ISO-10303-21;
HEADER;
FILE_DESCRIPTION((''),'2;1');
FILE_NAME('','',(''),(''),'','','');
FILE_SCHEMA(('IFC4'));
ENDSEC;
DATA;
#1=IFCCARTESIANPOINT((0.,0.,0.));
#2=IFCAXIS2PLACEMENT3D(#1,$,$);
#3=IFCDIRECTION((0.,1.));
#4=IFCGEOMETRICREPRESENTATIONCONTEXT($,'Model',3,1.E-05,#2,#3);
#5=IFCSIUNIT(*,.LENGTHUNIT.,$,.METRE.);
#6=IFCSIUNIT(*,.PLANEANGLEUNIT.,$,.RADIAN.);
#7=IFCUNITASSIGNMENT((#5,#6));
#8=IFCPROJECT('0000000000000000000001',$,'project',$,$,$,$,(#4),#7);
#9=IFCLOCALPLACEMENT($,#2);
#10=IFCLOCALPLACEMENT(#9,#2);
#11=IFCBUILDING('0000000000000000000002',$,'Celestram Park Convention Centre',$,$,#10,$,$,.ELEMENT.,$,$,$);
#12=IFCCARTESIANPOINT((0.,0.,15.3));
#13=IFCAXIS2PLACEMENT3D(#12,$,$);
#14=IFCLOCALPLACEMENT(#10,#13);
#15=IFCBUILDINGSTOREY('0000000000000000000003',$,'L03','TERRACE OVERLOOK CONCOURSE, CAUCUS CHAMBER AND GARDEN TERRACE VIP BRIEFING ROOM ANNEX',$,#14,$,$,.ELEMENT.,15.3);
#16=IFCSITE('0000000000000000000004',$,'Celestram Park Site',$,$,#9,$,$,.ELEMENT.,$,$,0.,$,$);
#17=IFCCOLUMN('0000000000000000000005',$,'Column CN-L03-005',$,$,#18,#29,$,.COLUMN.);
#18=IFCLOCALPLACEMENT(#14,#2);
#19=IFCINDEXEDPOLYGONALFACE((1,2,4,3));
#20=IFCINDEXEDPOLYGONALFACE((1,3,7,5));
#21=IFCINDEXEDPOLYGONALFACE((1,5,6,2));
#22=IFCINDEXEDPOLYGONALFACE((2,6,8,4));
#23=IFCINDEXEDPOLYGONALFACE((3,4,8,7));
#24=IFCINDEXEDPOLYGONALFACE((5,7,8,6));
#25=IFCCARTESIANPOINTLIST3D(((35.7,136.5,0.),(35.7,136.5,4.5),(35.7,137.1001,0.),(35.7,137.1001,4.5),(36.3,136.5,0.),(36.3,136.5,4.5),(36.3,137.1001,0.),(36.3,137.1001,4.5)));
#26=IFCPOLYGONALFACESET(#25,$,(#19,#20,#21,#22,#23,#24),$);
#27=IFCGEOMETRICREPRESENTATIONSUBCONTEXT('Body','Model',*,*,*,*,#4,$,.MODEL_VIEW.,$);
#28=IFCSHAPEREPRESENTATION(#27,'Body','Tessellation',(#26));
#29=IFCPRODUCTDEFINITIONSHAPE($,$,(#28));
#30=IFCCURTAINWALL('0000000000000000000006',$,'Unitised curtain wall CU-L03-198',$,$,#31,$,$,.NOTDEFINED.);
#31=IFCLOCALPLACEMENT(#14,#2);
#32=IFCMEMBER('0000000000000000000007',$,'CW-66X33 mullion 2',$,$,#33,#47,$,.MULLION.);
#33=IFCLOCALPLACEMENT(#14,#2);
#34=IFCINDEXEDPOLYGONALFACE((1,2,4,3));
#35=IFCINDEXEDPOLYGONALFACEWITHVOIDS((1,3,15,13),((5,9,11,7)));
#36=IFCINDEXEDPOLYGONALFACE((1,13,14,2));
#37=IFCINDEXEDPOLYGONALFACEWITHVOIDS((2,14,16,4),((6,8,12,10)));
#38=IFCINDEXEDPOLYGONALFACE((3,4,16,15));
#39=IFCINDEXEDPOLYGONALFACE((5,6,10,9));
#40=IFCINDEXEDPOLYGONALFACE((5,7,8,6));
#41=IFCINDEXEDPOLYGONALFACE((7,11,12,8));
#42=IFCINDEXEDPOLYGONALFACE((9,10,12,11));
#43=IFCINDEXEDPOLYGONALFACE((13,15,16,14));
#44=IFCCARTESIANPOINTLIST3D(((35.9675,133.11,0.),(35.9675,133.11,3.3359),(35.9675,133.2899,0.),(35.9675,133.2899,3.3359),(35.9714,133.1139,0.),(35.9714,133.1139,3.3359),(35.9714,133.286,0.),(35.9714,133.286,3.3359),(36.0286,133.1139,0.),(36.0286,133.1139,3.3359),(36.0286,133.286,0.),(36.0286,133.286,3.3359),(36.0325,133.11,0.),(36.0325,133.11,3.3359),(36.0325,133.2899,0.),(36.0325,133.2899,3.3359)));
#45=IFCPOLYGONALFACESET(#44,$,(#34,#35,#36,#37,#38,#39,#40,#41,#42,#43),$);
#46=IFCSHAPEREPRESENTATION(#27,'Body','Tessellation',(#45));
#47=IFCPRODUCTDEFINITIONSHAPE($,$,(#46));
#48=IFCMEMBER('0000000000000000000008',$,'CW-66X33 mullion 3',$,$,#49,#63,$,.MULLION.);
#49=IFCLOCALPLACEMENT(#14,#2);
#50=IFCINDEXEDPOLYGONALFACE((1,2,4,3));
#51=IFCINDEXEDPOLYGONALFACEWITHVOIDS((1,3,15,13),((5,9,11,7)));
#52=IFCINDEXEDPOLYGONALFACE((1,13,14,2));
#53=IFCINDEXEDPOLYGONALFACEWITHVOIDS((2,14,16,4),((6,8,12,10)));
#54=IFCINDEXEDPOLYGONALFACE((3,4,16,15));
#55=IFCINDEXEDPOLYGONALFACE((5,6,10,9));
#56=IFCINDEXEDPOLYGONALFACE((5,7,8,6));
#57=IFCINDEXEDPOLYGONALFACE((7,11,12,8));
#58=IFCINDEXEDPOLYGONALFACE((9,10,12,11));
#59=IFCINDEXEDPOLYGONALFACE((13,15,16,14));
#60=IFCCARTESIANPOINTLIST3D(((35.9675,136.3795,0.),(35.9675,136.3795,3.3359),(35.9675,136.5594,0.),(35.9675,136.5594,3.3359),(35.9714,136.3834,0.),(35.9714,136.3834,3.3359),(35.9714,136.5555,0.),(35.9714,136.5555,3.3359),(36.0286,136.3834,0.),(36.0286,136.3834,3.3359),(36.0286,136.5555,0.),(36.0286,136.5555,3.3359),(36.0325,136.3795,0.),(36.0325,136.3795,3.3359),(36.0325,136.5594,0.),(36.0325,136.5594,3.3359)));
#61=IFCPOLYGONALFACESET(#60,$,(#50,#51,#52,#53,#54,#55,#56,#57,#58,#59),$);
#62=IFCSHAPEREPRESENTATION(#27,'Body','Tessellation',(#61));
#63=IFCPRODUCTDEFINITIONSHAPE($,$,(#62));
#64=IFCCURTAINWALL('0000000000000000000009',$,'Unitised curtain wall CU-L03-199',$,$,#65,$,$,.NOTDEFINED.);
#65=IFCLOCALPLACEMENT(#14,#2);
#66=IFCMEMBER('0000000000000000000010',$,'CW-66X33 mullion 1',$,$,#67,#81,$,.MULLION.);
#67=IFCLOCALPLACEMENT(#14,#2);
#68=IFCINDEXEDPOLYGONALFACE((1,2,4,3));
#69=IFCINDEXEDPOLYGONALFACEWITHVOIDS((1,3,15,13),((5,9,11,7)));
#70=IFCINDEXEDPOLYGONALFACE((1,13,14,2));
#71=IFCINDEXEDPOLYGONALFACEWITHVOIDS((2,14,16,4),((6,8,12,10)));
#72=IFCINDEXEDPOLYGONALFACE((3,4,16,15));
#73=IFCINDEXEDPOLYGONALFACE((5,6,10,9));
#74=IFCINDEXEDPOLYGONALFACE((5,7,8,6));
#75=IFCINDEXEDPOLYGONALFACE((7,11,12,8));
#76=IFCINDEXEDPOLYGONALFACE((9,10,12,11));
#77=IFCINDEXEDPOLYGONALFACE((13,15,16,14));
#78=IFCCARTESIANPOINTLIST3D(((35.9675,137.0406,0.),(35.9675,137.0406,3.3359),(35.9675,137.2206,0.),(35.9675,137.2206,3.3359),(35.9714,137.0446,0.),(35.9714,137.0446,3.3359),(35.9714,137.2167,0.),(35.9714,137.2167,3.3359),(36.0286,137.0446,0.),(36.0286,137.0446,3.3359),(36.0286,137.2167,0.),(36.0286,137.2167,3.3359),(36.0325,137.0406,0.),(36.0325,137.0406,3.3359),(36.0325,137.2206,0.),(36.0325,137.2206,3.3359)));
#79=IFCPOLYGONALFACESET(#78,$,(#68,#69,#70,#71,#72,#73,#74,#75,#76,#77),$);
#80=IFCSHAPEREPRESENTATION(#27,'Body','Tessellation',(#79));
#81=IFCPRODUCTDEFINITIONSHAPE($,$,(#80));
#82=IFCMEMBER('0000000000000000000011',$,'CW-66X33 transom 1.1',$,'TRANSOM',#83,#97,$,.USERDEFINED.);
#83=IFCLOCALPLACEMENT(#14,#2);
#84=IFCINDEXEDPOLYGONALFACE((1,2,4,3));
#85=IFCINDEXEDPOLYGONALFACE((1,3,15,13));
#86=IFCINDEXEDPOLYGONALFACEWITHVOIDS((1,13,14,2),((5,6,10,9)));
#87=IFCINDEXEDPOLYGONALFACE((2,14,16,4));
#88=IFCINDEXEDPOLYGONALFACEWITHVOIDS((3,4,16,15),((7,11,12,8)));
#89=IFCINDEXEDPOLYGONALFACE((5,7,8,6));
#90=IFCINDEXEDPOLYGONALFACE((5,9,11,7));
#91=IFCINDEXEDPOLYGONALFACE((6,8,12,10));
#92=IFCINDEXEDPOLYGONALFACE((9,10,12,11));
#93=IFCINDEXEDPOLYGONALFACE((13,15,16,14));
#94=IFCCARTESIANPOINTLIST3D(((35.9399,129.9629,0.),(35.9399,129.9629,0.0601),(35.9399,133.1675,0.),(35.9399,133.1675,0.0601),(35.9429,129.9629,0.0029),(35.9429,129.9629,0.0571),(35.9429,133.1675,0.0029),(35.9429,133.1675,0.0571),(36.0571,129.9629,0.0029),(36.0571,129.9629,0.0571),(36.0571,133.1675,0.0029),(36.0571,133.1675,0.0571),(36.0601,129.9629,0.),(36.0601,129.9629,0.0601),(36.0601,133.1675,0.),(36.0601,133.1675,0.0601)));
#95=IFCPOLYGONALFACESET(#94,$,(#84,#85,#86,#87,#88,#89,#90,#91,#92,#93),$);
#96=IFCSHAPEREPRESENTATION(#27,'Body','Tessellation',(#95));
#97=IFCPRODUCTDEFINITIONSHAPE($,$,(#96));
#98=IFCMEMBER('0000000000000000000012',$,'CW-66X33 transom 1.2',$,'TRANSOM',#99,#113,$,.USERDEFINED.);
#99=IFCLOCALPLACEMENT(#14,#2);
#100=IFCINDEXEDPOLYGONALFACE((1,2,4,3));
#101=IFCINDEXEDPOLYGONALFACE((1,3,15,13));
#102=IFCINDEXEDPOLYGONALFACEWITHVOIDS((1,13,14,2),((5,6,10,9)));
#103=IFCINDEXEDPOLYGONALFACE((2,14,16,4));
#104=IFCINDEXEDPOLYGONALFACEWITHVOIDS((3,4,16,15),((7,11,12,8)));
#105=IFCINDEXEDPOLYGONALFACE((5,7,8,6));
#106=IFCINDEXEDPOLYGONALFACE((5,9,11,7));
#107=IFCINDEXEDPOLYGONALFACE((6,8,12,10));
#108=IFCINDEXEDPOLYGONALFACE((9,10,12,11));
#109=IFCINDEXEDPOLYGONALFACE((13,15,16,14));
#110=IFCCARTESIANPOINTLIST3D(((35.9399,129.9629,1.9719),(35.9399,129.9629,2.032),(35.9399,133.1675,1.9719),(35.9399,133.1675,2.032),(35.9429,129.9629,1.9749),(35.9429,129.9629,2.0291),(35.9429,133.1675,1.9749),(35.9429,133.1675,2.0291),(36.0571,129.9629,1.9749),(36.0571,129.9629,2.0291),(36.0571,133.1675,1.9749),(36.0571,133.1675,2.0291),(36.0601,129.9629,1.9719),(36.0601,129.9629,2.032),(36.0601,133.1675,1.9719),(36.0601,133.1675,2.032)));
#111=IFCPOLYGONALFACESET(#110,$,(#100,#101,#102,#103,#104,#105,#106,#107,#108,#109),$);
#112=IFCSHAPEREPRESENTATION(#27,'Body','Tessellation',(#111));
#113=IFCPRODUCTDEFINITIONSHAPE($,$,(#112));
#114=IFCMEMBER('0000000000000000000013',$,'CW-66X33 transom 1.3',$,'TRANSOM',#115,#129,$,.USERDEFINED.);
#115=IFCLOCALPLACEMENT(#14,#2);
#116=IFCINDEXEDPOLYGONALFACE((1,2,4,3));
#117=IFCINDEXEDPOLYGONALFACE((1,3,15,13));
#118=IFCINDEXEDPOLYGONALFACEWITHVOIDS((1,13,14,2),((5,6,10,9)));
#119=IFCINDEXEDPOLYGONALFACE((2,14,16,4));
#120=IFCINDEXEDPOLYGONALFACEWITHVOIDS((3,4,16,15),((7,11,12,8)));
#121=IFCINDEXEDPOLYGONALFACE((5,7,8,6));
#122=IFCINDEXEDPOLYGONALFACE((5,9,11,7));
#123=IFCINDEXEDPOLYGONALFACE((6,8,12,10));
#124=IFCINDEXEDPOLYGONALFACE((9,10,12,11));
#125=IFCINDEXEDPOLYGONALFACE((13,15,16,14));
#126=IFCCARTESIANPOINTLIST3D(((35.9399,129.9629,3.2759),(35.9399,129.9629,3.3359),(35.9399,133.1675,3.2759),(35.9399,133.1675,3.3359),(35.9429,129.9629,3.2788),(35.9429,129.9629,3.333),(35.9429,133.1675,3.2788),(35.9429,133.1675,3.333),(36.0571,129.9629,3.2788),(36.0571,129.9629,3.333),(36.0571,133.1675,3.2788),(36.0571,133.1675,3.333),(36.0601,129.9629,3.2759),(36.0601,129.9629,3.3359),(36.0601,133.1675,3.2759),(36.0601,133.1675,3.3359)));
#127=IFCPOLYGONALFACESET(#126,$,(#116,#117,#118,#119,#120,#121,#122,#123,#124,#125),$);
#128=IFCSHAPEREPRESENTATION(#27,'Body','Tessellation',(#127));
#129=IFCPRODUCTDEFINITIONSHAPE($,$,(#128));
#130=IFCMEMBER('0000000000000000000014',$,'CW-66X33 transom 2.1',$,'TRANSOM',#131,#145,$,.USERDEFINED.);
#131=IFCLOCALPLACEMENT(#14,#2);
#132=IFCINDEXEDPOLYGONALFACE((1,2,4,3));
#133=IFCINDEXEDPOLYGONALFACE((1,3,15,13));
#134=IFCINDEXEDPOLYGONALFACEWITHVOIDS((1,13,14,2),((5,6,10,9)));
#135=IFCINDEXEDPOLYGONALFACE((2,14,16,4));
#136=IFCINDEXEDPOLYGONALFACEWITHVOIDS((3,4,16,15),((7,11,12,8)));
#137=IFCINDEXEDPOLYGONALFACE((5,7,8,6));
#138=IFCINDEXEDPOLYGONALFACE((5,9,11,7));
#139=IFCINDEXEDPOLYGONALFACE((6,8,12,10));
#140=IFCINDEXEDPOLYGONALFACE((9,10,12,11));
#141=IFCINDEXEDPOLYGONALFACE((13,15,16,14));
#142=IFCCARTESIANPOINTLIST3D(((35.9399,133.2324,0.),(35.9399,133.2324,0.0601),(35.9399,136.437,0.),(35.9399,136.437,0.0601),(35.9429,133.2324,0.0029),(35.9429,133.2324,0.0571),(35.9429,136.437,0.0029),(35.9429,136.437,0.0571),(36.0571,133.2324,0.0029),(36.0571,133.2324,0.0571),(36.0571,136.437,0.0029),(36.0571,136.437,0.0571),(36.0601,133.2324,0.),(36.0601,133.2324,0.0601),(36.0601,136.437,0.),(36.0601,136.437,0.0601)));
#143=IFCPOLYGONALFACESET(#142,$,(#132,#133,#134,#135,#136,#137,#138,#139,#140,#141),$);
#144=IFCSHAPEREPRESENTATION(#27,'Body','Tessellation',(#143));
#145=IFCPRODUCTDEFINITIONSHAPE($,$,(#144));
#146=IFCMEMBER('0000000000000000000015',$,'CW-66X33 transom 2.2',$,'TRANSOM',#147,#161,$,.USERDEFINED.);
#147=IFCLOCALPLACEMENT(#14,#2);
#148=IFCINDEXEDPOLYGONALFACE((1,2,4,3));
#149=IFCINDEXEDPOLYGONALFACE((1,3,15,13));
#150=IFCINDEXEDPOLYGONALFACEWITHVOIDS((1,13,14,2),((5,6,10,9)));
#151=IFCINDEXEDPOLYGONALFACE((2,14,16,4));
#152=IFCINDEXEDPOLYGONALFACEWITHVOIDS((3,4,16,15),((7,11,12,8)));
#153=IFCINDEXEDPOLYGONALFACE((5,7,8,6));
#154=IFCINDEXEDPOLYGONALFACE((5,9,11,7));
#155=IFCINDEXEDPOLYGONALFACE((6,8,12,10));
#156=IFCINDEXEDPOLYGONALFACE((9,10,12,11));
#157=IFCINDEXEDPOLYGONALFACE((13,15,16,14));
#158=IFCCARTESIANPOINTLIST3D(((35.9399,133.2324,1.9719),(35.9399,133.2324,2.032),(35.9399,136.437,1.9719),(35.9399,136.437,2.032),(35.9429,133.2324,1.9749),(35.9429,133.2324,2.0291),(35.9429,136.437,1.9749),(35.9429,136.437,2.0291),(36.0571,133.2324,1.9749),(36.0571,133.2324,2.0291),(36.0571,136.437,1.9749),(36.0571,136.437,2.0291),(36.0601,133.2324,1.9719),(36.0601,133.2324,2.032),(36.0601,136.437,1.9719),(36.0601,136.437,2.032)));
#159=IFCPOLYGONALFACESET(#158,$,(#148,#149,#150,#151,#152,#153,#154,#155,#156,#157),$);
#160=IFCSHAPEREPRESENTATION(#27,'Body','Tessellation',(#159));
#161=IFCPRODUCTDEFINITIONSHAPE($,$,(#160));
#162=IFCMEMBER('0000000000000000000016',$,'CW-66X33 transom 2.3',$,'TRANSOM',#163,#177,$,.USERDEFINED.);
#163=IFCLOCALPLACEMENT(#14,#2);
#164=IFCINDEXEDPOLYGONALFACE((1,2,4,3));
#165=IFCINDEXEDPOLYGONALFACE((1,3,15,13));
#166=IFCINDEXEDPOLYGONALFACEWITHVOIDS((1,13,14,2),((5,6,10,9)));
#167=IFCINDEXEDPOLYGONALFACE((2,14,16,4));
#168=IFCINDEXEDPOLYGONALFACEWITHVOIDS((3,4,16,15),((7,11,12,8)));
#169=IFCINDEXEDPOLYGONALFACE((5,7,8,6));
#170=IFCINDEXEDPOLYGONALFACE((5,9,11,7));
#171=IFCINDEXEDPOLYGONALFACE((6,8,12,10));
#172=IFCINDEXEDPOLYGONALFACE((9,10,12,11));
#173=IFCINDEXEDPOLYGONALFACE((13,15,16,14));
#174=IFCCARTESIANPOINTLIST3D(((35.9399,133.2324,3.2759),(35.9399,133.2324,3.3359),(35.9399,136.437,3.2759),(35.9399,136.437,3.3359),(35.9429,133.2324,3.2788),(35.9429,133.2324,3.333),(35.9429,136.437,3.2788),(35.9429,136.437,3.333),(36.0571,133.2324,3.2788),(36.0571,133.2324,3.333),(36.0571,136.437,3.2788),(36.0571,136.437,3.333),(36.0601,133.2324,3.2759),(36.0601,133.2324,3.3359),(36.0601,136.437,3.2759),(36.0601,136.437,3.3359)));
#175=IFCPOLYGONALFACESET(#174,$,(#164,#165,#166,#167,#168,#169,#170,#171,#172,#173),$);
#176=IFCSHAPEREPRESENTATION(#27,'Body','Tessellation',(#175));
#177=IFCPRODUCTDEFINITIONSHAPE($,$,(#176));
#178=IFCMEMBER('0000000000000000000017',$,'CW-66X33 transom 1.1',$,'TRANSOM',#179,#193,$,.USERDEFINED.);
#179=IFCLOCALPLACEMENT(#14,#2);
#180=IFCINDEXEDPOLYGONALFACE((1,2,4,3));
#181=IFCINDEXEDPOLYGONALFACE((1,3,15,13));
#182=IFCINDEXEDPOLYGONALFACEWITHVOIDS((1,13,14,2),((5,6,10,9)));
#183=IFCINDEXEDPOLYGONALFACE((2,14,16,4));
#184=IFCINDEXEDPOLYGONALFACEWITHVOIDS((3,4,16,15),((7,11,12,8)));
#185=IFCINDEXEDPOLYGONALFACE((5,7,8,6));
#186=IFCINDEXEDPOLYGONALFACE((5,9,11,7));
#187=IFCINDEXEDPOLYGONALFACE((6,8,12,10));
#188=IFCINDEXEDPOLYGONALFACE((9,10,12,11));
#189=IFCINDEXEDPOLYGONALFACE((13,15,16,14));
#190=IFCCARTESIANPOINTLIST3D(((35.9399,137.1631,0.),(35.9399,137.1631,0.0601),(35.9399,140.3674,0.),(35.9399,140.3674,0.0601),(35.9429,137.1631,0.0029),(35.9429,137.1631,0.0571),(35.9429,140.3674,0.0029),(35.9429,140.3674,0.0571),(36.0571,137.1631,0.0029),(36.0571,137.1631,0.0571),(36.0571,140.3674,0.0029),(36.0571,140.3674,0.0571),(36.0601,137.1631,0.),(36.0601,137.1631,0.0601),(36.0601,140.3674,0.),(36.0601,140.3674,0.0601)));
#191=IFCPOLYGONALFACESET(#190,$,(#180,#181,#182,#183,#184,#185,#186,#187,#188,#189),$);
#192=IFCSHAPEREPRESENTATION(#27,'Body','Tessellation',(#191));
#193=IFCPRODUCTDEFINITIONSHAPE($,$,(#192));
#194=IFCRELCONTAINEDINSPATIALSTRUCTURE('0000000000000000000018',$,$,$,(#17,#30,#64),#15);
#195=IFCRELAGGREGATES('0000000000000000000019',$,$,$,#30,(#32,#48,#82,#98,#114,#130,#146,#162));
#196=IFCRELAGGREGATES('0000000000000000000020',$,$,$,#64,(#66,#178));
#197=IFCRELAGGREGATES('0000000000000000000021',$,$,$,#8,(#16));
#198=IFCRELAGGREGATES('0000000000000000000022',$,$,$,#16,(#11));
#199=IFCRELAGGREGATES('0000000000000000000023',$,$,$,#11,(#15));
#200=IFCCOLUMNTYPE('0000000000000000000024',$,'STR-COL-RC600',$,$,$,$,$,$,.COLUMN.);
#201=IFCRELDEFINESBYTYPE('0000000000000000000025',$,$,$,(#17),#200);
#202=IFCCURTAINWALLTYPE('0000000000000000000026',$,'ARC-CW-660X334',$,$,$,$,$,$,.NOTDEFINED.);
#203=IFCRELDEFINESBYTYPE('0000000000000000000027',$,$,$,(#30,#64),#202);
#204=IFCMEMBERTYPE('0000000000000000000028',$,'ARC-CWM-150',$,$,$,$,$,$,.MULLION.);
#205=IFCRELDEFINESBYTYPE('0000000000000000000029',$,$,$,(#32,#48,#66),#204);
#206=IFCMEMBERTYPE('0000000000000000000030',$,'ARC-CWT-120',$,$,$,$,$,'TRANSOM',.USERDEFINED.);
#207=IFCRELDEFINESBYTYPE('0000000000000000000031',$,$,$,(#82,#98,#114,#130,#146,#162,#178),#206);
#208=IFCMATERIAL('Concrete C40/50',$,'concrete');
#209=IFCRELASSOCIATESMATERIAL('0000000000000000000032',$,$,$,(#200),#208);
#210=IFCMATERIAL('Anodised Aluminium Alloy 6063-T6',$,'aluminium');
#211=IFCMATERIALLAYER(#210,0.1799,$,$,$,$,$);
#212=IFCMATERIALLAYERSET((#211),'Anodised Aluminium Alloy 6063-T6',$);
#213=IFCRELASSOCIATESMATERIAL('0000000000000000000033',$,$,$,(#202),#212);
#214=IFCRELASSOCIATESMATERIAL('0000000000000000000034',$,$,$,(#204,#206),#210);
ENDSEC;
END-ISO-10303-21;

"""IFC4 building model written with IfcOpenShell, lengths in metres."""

from ifc_helpers import new_model, si_unit, direction, frame, origin, origin_2d, place, context, subcontext, project, spatial, rectangle, hollow_rectangle, extrude, material, layer, layer_set, material_profile, profile_set, type_object, element, aggregate, save


model = new_model("IFC4")

# Units and contexts
model_context = context("Model", 3, precision=1e-05, world=origin(), true_north=direction((0.0, 1.0)))
body_context = subcontext(model_context, "Body", "Model", "MODEL_VIEW")
ifc_project = project(units=[si_unit("LENGTHUNIT", "METRE"), si_unit("PLANEANGLEUNIT", "RADIAN")], contexts=[model_context])

# Site, building, storey
site_placement = place(None, origin())
site = spatial("IfcSite", under=ifc_project, at=site_placement, Name="Celestram Park Site", CompositionType="ELEMENT", RefElevation=0.0)
building_placement = place(site_placement, origin())
building = spatial("IfcBuilding", under=site, at=building_placement, Name="Celestram Park Convention Centre", CompositionType="ELEMENT")
storey_placement = place(building_placement, frame((0.0, 0.0, 15.3)))
storey = spatial("IfcBuildingStorey", under=building, at=storey_placement, Name="L03", Description="TERRACE OVERLOOK CONCOURSE, CAUCUS CHAMBER AND GARDEN TERRACE VIP BRIEFING ROOM ANNEX", CompositionType="ELEMENT", Elevation=15.3)

# Column
ifc_material_1 = material(Name="Concrete C40/50", Category="concrete")
ifc_material_profile_1 = material_profile(ifc_material_1, rectangle(XDim=0.6001, YDim=0.6001, at=origin_2d()), Name="RC600X600")
ifc_profile_set_1 = profile_set([ifc_material_profile_1], Name="Concrete C40/50")
column_type = type_object("IfcColumnType", Name="STR-COL-RC600", PredefinedType="COLUMN", material=ifc_profile_set_1)
column_placement = place(storey_placement, frame((36.0, 136.8, 0.0), z_axis=(0.0, 0.0, 1.0), x_axis=(1.0, 0.0, 0.0)))
element("IfcColumn", 1, at=column_placement, inside=storey, type_object=column_type, Name="Column CN-L03-005", PredefinedType="COLUMN", context=body_context, shape_type="SweptSolid", body=[
    extrude(rectangle(XDim=0.6001, YDim=0.6001, at=origin_2d()), origin(), (0.0, 0.0, 1.0), 4.5),
])

# Curtain wall, members
ifc_material_2 = material(Name="Anodised Aluminium Alloy 6063-T6", Category="aluminium")
ifc_layer_1 = layer(ifc_material_2, 0.1799)
ifc_layer_set_1 = layer_set([ifc_layer_1], Name="Anodised Aluminium Alloy 6063-T6")
curtain_wall_type = type_object("IfcCurtainWallType", Name="ARC-CW-660X334", PredefinedType="NOTDEFINED", material=ifc_layer_set_1)
curtain_wall_1_placement = place(storey_placement, origin())
curtain_wall_1 = element("IfcCurtainWall", 2, at=curtain_wall_1_placement, inside=storey, type_object=curtain_wall_type, Name="Unitised curtain wall CU-L03-198", PredefinedType="NOTDEFINED")
ifc_material_profile_2 = material_profile(ifc_material_2, hollow_rectangle(XDim=0.0649, YDim=0.1799, WallThickness=0.0039, at=origin_2d()), Name="ALU65X180X4")
ifc_profile_set_2 = profile_set([ifc_material_profile_2], Name="Anodised Aluminium Alloy 6063-T6")
member_type_1 = type_object("IfcMemberType", Name="ARC-CWM-150", PredefinedType="MULLION", material=ifc_profile_set_2)
member_1_placement = place(storey_placement, frame((36.0, 133.2, 0.0), z_axis=(0.0, 0.0, 1.0), x_axis=(-1.0, 0.0, 0.0)))
member_1 = element("IfcMember", 3, at=member_1_placement, type_object=member_type_1, Name="CW-66X33 mullion 2", PredefinedType="MULLION", context=body_context, shape_type="SweptSolid", body=[
    extrude(hollow_rectangle(XDim=0.0649, YDim=0.1799, WallThickness=0.0039, at=origin_2d()), origin(), (0.0, 0.0, 1.0), 3.3359),
])
member_2_placement = place(storey_placement, frame((36.0, 136.4695, 0.0), z_axis=(0.0, 0.0, 1.0), x_axis=(-1.0, 0.0, 0.0)))
member_2 = element("IfcMember", 4, at=member_2_placement, type_object=member_type_1, Name="CW-66X33 mullion 3", PredefinedType="MULLION", context=body_context, shape_type="SweptSolid", body=[
    extrude(hollow_rectangle(XDim=0.0649, YDim=0.1799, WallThickness=0.0039, at=origin_2d()), origin(), (0.0, 0.0, 1.0), 3.3359),
])

# Curtain wall, member
curtain_wall_2_placement = place(storey_placement, origin())
curtain_wall_2 = element("IfcCurtainWall", 5, at=curtain_wall_2_placement, inside=storey, type_object=curtain_wall_type, Name="Unitised curtain wall CU-L03-199", PredefinedType="NOTDEFINED")
member_3_placement = place(storey_placement, frame((36.0, 137.1306, 0.0), z_axis=(0.0, 0.0, 1.0), x_axis=(-1.0, 0.0, 0.0)))
member_3 = element("IfcMember", 6, at=member_3_placement, type_object=member_type_1, Name="CW-66X33 mullion 1", PredefinedType="MULLION", context=body_context, shape_type="SweptSolid", body=[
    extrude(hollow_rectangle(XDim=0.0649, YDim=0.1799, WallThickness=0.0039, at=origin_2d()), origin(), (0.0, 0.0, 1.0), 3.3359),
])

# Members
ifc_material_profile_3 = material_profile(ifc_material_2, hollow_rectangle(XDim=0.1201, YDim=0.0601, WallThickness=0.0029, at=origin_2d()), Name="ALU120X60X3")
ifc_profile_set_3 = profile_set([ifc_material_profile_3], Name="Anodised Aluminium Alloy 6063-T6")
member_type_2 = type_object("IfcMemberType", Name="ARC-CWT-120", ElementType="TRANSOM", PredefinedType="USERDEFINED", material=ifc_profile_set_3)
member_4_placement = place(storey_placement, frame((36.0, 129.9629, 0.03), z_axis=(0.0, 1.0, 0.0), x_axis=(-1.0, 0.0, 0.0)))
member_4 = element("IfcMember", 7, at=member_4_placement, type_object=member_type_2, Name="CW-66X33 transom 1.1", ObjectType="TRANSOM", PredefinedType="USERDEFINED", context=body_context, shape_type="SweptSolid", body=[
    extrude(hollow_rectangle(XDim=0.1201, YDim=0.0601, WallThickness=0.0029, at=origin_2d()), origin(), (0.0, 0.0, 1.0), 3.2046),
])
member_5_placement = place(storey_placement, frame((36.0, 129.9629, 2.002), z_axis=(0.0, 1.0, 0.0), x_axis=(-1.0, 0.0, 0.0)))
member_5 = element("IfcMember", 8, at=member_5_placement, type_object=member_type_2, Name="CW-66X33 transom 1.2", ObjectType="TRANSOM", PredefinedType="USERDEFINED", context=body_context, shape_type="SweptSolid", body=[
    extrude(hollow_rectangle(XDim=0.1201, YDim=0.0601, WallThickness=0.0029, at=origin_2d()), origin(), (0.0, 0.0, 1.0), 3.2046),
])
member_6_placement = place(storey_placement, frame((36.0, 129.9629, 3.3059), z_axis=(0.0, 1.0, 0.0), x_axis=(-1.0, 0.0, 0.0)))
member_6 = element("IfcMember", 9, at=member_6_placement, type_object=member_type_2, Name="CW-66X33 transom 1.3", ObjectType="TRANSOM", PredefinedType="USERDEFINED", context=body_context, shape_type="SweptSolid", body=[
    extrude(hollow_rectangle(XDim=0.1201, YDim=0.0601, WallThickness=0.0029, at=origin_2d()), origin(), (0.0, 0.0, 1.0), 3.2046),
])
member_7_placement = place(storey_placement, frame((36.0, 133.2324, 0.03), z_axis=(0.0, 1.0, 0.0), x_axis=(-1.0, 0.0, 0.0)))
member_7 = element("IfcMember", 10, at=member_7_placement, type_object=member_type_2, Name="CW-66X33 transom 2.1", ObjectType="TRANSOM", PredefinedType="USERDEFINED", context=body_context, shape_type="SweptSolid", body=[
    extrude(hollow_rectangle(XDim=0.1201, YDim=0.0601, WallThickness=0.0029, at=origin_2d()), origin(), (0.0, 0.0, 1.0), 3.2046),
])
member_8_placement = place(storey_placement, frame((36.0, 133.2324, 2.002), z_axis=(0.0, 1.0, 0.0), x_axis=(-1.0, 0.0, 0.0)))
member_8 = element("IfcMember", 11, at=member_8_placement, type_object=member_type_2, Name="CW-66X33 transom 2.2", ObjectType="TRANSOM", PredefinedType="USERDEFINED", context=body_context, shape_type="SweptSolid", body=[
    extrude(hollow_rectangle(XDim=0.1201, YDim=0.0601, WallThickness=0.0029, at=origin_2d()), origin(), (0.0, 0.0, 1.0), 3.2046),
])
member_9_placement = place(storey_placement, frame((36.0, 133.2324, 3.3059), z_axis=(0.0, 1.0, 0.0), x_axis=(-1.0, 0.0, 0.0)))
member_9 = element("IfcMember", 12, at=member_9_placement, type_object=member_type_2, Name="CW-66X33 transom 2.3", ObjectType="TRANSOM", PredefinedType="USERDEFINED", context=body_context, shape_type="SweptSolid", body=[
    extrude(hollow_rectangle(XDim=0.1201, YDim=0.0601, WallThickness=0.0029, at=origin_2d()), origin(), (0.0, 0.0, 1.0), 3.2046),
])
member_10_placement = place(storey_placement, frame((36.0, 137.1631, 0.03), z_axis=(0.0, 1.0, 0.0), x_axis=(-1.0, 0.0, 0.0)))
member_10 = element("IfcMember", 13, at=member_10_placement, type_object=member_type_2, Name="CW-66X33 transom 1.1", ObjectType="TRANSOM", PredefinedType="USERDEFINED", context=body_context, shape_type="SweptSolid", body=[
    extrude(hollow_rectangle(XDim=0.1201, YDim=0.0601, WallThickness=0.0029, at=origin_2d()), origin(), (0.0, 0.0, 1.0), 3.2043),
])

aggregate(curtain_wall_1, [member_1, member_2, member_4, member_5, member_6, member_7, member_8, member_9])
aggregate(curtain_wall_2, [member_3, member_10])

save(model, "model.ifc")
